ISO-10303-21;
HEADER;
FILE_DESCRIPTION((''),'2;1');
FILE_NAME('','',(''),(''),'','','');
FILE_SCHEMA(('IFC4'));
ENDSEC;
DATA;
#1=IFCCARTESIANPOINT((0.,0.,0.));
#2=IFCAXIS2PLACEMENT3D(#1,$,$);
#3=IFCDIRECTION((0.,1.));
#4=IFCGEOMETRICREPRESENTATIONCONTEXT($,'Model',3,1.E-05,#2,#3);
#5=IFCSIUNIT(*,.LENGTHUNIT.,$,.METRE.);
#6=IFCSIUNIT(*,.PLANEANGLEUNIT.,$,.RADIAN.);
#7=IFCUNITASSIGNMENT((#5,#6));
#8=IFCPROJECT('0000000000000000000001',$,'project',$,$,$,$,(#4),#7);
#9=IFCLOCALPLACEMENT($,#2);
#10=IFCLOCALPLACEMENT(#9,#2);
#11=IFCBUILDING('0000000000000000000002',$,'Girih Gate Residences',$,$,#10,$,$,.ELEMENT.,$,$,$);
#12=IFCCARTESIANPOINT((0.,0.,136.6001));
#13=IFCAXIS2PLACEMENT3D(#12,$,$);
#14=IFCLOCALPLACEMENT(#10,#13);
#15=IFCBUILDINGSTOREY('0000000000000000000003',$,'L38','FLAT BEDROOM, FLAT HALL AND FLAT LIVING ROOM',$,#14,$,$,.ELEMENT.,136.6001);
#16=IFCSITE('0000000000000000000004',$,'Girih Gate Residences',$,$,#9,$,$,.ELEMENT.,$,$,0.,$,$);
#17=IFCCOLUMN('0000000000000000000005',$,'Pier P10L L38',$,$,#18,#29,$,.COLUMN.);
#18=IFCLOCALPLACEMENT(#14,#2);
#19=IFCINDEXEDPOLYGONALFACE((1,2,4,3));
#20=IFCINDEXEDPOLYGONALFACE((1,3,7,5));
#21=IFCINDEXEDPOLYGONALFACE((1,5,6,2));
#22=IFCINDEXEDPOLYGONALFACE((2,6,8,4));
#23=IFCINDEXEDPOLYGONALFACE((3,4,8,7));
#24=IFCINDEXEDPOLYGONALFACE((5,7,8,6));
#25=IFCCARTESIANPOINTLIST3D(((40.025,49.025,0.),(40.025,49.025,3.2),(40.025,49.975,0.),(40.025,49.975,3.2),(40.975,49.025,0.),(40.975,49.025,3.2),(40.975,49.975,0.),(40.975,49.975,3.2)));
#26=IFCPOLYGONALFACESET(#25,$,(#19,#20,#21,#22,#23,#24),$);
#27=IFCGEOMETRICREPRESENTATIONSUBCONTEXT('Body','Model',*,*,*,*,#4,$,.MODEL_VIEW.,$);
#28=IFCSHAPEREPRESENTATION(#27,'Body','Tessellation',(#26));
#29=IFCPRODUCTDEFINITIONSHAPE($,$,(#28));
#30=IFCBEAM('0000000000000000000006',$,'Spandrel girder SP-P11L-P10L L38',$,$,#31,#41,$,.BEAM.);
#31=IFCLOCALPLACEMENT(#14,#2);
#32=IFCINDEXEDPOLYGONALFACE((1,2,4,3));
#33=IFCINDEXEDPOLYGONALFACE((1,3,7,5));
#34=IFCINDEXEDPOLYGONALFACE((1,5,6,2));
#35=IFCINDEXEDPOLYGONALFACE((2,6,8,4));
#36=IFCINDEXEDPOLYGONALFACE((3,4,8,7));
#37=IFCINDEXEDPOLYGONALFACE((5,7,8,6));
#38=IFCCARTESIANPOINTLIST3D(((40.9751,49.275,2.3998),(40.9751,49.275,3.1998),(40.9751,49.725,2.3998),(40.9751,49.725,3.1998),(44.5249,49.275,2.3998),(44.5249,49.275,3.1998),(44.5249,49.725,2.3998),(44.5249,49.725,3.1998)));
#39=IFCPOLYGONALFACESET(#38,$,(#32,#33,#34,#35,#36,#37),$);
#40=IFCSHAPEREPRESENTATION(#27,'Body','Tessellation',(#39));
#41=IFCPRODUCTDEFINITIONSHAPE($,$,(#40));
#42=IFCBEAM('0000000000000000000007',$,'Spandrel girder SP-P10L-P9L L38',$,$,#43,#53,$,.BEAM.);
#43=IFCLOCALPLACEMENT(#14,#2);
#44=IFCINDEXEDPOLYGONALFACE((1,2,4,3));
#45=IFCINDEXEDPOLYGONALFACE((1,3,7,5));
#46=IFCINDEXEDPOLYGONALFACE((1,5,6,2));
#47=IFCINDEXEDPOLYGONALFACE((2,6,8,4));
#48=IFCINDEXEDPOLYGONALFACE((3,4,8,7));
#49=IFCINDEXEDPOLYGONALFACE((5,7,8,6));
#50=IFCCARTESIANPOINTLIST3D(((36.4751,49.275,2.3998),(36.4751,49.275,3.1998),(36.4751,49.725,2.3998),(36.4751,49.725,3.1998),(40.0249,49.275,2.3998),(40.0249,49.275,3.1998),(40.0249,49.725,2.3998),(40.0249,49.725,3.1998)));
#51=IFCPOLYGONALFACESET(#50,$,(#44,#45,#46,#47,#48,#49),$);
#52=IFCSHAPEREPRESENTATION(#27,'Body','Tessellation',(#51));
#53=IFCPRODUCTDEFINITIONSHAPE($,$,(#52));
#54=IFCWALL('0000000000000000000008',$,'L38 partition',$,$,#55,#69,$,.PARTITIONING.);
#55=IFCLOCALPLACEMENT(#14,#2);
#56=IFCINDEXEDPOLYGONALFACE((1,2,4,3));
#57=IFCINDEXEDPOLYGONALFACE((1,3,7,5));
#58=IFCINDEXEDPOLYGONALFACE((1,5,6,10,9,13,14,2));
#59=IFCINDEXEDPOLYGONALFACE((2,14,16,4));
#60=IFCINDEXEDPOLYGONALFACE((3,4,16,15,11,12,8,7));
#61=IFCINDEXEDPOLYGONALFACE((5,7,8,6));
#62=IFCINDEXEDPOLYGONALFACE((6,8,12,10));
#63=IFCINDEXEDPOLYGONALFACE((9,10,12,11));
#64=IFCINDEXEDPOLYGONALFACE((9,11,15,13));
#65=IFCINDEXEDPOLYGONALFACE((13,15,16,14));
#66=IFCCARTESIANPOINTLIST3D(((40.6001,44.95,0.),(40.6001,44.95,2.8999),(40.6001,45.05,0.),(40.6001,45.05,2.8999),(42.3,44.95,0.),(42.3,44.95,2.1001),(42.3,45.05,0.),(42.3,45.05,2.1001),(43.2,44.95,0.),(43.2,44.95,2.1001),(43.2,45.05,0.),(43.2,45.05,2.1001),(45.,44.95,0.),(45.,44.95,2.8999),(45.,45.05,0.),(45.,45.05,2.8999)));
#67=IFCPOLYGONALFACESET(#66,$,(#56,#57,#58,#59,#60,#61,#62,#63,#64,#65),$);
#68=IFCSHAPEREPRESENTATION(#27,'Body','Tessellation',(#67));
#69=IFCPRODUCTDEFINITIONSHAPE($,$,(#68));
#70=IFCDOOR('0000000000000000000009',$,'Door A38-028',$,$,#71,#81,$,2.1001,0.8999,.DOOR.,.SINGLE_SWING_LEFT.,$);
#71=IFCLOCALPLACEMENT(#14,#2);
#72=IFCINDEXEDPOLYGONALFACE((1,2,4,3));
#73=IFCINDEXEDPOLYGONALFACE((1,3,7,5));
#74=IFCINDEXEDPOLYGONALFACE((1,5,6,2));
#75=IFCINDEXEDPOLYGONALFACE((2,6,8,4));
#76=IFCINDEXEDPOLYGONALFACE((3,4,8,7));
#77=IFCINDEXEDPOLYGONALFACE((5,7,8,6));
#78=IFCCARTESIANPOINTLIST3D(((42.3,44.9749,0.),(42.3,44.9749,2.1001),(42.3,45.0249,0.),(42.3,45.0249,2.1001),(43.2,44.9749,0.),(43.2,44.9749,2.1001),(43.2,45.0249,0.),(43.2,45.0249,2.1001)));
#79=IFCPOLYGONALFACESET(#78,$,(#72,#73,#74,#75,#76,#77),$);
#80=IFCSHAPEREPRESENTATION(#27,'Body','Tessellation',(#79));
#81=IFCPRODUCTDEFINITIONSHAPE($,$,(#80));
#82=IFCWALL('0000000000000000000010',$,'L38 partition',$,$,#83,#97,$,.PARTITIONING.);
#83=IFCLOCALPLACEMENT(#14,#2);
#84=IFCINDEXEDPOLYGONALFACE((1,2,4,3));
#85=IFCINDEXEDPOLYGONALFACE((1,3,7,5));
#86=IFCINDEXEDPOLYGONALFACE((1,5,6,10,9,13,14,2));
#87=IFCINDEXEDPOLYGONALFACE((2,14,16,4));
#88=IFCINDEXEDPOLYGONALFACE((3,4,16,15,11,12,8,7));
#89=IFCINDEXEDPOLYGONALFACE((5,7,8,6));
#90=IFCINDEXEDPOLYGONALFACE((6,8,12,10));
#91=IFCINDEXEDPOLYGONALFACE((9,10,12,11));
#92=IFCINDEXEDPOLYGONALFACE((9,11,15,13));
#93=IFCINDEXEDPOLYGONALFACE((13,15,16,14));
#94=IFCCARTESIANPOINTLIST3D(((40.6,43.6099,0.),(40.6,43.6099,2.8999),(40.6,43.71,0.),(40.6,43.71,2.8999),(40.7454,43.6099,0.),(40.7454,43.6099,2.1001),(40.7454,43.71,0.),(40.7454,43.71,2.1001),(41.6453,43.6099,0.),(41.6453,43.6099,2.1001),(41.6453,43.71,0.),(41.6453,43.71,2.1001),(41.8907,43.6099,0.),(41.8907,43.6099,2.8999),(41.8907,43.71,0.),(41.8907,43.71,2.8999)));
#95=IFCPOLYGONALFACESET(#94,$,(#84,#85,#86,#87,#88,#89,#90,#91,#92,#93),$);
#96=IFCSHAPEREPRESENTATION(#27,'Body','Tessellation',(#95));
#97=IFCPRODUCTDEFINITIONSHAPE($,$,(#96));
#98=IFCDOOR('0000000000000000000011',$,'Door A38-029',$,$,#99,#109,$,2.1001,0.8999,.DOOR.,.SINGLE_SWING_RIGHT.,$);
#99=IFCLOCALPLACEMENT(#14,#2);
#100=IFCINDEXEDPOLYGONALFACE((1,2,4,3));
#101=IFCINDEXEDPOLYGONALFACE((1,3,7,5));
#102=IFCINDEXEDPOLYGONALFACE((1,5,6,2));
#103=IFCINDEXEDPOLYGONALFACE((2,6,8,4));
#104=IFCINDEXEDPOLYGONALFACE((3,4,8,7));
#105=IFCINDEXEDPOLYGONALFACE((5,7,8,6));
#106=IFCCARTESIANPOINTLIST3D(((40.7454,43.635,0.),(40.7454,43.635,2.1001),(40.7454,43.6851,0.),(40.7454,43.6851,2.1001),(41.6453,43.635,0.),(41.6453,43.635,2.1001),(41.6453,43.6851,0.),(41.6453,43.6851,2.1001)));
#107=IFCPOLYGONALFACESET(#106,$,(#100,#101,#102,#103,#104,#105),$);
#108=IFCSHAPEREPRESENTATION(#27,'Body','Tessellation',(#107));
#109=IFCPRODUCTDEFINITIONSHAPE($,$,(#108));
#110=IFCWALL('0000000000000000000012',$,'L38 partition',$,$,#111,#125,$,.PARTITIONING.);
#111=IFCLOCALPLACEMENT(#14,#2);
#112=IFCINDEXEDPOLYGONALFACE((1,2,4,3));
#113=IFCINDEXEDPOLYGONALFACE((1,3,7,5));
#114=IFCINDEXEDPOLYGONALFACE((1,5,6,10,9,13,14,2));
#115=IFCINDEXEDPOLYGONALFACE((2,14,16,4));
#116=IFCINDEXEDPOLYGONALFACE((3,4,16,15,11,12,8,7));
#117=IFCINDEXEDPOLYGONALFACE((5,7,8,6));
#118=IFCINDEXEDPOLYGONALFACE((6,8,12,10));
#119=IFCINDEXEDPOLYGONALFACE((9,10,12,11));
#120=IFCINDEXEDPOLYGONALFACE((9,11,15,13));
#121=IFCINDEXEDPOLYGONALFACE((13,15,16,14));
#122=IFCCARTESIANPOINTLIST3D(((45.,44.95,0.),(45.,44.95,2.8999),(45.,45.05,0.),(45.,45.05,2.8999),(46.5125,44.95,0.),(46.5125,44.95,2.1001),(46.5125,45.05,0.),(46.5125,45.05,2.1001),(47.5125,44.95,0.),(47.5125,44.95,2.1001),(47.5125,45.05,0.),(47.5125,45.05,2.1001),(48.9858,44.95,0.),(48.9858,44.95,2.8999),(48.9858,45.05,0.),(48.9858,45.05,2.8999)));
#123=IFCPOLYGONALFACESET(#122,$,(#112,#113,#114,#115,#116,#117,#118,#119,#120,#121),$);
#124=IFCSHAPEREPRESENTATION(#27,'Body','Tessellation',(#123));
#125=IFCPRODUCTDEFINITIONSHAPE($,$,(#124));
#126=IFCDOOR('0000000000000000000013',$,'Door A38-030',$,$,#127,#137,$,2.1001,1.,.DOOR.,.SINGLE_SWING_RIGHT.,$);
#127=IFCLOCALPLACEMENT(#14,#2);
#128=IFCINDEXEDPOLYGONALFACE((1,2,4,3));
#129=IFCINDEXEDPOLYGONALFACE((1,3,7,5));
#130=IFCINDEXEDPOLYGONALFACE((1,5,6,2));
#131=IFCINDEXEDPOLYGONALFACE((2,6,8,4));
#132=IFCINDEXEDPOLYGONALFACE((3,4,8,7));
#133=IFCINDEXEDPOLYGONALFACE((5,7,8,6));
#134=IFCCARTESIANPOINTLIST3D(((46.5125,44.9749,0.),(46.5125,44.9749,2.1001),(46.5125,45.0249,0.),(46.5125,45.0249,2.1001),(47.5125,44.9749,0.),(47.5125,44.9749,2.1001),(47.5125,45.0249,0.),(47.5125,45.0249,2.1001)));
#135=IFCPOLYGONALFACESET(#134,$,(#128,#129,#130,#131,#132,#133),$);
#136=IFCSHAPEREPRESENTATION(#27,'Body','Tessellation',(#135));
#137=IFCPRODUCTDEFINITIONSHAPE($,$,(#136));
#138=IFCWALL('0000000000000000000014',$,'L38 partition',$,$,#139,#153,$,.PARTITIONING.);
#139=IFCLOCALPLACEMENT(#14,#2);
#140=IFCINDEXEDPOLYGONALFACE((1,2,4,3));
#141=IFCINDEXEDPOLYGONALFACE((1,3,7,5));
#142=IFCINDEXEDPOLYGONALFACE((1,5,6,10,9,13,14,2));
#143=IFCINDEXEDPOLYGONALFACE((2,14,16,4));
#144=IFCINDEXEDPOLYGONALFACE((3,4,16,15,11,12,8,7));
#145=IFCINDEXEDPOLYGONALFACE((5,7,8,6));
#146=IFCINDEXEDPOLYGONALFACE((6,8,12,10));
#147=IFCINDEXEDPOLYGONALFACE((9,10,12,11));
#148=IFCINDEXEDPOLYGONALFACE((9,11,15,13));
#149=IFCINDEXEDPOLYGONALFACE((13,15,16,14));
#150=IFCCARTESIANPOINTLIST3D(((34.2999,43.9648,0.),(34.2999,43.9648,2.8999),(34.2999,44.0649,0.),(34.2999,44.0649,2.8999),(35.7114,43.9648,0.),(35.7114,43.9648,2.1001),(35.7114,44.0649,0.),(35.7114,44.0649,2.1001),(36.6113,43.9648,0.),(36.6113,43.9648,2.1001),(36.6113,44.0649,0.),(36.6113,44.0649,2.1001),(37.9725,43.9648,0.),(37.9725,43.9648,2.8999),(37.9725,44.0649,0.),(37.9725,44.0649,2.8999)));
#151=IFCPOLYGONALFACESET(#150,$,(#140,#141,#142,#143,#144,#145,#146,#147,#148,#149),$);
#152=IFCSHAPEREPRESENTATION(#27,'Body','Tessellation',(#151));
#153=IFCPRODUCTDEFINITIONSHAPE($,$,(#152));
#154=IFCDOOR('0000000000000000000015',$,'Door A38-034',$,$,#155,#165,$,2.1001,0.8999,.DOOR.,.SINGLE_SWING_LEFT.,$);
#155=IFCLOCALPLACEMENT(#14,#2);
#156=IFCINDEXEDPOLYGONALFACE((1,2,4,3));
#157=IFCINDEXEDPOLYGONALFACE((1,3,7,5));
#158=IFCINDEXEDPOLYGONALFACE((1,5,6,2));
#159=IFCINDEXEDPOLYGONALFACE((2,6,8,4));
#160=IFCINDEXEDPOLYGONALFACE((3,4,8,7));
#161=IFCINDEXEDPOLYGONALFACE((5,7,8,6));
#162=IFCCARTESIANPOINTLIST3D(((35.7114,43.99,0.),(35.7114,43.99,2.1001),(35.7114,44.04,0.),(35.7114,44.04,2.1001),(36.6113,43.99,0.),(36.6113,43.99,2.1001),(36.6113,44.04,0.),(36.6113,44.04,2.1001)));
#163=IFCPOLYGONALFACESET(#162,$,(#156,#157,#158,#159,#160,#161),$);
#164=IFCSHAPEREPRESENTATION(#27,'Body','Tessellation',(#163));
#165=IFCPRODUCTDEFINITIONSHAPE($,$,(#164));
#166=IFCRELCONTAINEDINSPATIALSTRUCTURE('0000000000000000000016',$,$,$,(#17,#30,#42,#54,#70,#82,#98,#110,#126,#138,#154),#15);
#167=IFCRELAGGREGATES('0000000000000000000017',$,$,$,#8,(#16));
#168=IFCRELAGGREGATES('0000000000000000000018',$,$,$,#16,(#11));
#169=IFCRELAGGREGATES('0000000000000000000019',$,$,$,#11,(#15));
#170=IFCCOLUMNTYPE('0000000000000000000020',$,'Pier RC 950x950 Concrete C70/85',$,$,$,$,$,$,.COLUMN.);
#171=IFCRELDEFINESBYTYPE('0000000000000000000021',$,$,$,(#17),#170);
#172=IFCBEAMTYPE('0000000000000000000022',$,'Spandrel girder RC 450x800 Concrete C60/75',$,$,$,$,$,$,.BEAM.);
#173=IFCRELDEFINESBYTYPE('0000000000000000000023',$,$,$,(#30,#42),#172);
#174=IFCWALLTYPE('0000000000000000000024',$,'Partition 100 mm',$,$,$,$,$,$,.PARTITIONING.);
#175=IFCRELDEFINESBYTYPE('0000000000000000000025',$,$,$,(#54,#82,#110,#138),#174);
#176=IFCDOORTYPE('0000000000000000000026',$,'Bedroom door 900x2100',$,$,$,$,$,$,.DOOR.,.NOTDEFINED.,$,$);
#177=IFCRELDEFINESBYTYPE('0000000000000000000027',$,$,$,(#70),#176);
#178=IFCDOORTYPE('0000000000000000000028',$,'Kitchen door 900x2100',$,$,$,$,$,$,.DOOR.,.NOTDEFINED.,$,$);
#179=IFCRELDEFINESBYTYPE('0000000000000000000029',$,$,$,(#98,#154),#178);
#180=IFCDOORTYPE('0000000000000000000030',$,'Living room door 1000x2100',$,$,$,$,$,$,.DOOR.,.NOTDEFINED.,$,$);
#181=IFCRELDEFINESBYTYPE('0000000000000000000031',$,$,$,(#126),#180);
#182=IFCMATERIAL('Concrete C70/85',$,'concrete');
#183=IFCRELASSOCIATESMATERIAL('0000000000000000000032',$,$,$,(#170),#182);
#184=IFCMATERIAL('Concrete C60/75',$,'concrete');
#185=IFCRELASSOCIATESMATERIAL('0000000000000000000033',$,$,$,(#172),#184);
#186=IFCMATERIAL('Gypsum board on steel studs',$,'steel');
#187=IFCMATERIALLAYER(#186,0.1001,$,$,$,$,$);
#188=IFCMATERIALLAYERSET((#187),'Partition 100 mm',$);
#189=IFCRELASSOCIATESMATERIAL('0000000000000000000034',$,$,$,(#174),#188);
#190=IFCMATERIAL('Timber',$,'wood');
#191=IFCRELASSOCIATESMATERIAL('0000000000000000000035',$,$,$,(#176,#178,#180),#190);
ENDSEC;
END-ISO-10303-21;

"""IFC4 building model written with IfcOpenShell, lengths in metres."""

from ifc_helpers import new_model, si_unit, direction, frame, frame_2d, origin, origin_2d, place, context, subcontext, project, spatial, rectangle, extrude, material, layer, layer_set, material_profile, profile_set, type_object, element, fill, save


model = new_model("IFC4")

# Units and contexts
model_context = context("Model", 3, precision=1e-05, world=origin(), true_north=direction((0.0, 1.0)))
body_context = subcontext(model_context, "Body", "Model", "MODEL_VIEW")
ifc_project = project(units=[si_unit("LENGTHUNIT", "METRE"), si_unit("PLANEANGLEUNIT", "RADIAN")], contexts=[model_context])

# Site, building, storey
site_placement = place(None, origin())
site = spatial("IfcSite", under=ifc_project, at=site_placement, Name="Girih Gate Residences", CompositionType="ELEMENT", RefElevation=0.0)
building_placement = place(site_placement, origin())
building = spatial("IfcBuilding", under=site, at=building_placement, Name="Girih Gate Residences", CompositionType="ELEMENT")
storey_placement = place(building_placement, frame((0.0, 0.0, 136.6001)))
storey = spatial("IfcBuildingStorey", under=building, at=storey_placement, Name="L38", Description="FLAT BEDROOM, FLAT HALL AND FLAT LIVING ROOM", CompositionType="ELEMENT", Elevation=136.6001)

# Column
ifc_material_1 = material(Name="Concrete C70/85", Category="concrete")
ifc_material_profile_1 = material_profile(ifc_material_1, rectangle(XDim=0.95, YDim=0.95, at=origin_2d()))
ifc_profile_set_1 = profile_set([ifc_material_profile_1], Name="Concrete C70/85")
column_type = type_object("IfcColumnType", Name="Pier RC 950x950 Concrete C70/85", PredefinedType="COLUMN", material=ifc_profile_set_1)
column_placement = place(storey_placement, frame((40.5, 49.5, 0.0), z_axis=(0.0, 0.0, 1.0), x_axis=(1.0, 0.0, 0.0)))
element("IfcColumn", 1, at=column_placement, inside=storey, type_object=column_type, Name="Pier P10L L38", PredefinedType="COLUMN", context=body_context, shape_type="SweptSolid", body=[
    extrude(rectangle(XDim=0.95, YDim=0.95, at=origin_2d()), origin(), (0.0, 0.0, 1.0), 3.2),
])

# Beams
ifc_material_2 = material(Name="Concrete C60/75", Category="concrete")
ifc_material_profile_2 = material_profile(ifc_material_2, rectangle(XDim=0.45, YDim=0.8, at=origin_2d()))
ifc_profile_set_2 = profile_set([ifc_material_profile_2], Name="Concrete C60/75")
beam_type = type_object("IfcBeamType", Name="Spandrel girder RC 450x800 Concrete C60/75", PredefinedType="BEAM", material=ifc_profile_set_2)
for number, where, z_axis, x_axis, name in (
    (2, (44.5249, 49.5, 2.7998), (-1.0, 0.0, 0.0), (0.0, -1.0, 0.0), "Spandrel girder SP-P11L-P10L L38"),
    (3, (40.0249, 49.5, 2.7998), (-1.0, 0.0, 0.0), (0.0, -1.0, 0.0), "Spandrel girder SP-P10L-P9L L38"),
):
    element("IfcBeam", number, at=place(storey_placement, frame(where, z_axis=z_axis, x_axis=x_axis)), inside=storey, type_object=beam_type, Name=name, PredefinedType="BEAM", context=body_context, shape_type="SweptSolid", body=[
        extrude(rectangle(XDim=0.45, YDim=0.8, at=origin_2d()), origin(), (0.0, 0.0, 1.0), 3.5498),
    ])

# Walls, openings, doors
ifc_material_3 = material(Name="Gypsum board on steel studs", Category="steel")
ifc_layer_1 = layer(ifc_material_3, 0.1001)
ifc_layer_set_1 = layer_set([ifc_layer_1], Name="Partition 100 mm")
wall_type_1 = type_object("IfcWallType", Name="Partition 100 mm", PredefinedType="PARTITIONING", material=ifc_layer_set_1)
wall_1_placement = place(storey_placement, frame((40.6001, 45.0, 0.0), z_axis=(0.0, 0.0, 1.0), x_axis=(1.0, 0.0, 0.0)))
wall_1 = element("IfcWall", 4, at=wall_1_placement, inside=storey, type_object=wall_type_1, Name="L38 partition", PredefinedType="PARTITIONING", context=body_context, shape_type="SweptSolid", body=[
    extrude(rectangle(XDim=4.3999, YDim=0.1001, at=frame_2d((2.2, 0.0))), origin(), (0.0, 0.0, 1.0), 2.8999),
])
opening_1_placement = place(wall_1_placement, frame((1.7, 0.0, 0.0)))
opening_1 = element("IfcOpeningElement", 5, at=opening_1_placement, cuts=wall_1, PredefinedType="OPENING", context=body_context, shape_type="SweptSolid", body=[
    extrude(rectangle(XDim=0.8999, YDim=2.1001, at=frame_2d((0.45, 1.05))), frame((0.0, 0.0601, 0.0), z_axis=(0.0, -1.0, 0.0), x_axis=(1.0, 0.0, 0.0)), (0.0, 0.0, 1.0), 0.1201),
])
ifc_material_4 = material(Name="Timber", Category="wood")
door_type_1 = type_object("IfcDoorType", Name="Bedroom door 900x2100", OperationType="NOTDEFINED", PredefinedType="DOOR", material=ifc_material_4)
door_1_placement = place(opening_1_placement, origin())
door_1 = element("IfcDoor", 6, at=door_1_placement, inside=storey, type_object=door_type_1, Name="Door A38-028", OperationType="SINGLE_SWING_LEFT", OverallHeight=2.1001, OverallWidth=0.8999, PredefinedType="DOOR", context=body_context, shape_type="SweptSolid", body=[
    extrude(rectangle(XDim=0.8999, YDim=2.1001, at=frame_2d((0.45, 1.05))), frame((0.0, 0.0249, 0.0), z_axis=(0.0, -1.0, 0.0), x_axis=(1.0, 0.0, 0.0)), (0.0, 0.0, 1.0), 0.05),
])
fill(opening_1, door_1)
wall_2_placement = place(storey_placement, frame((41.8909, 43.6599, 0.0), z_axis=(0.0, 0.0, 1.0), x_axis=(-1.0, 0.0, 0.0)))
wall_2 = element("IfcWall", 7, at=wall_2_placement, inside=storey, type_object=wall_type_1, Name="L38 partition", PredefinedType="PARTITIONING", context=body_context, shape_type="SweptSolid", body=[
    extrude(rectangle(XDim=1.2908, YDim=0.1001, at=frame_2d((0.6455, 0.0))), origin(), (0.0, 0.0, 1.0), 2.8999),
])
opening_2_placement = place(wall_2_placement, frame((0.2456, 0.0, 0.0)))
opening_2 = element("IfcOpeningElement", 8, at=opening_2_placement, cuts=wall_2, PredefinedType="OPENING", context=body_context, shape_type="SweptSolid", body=[
    extrude(rectangle(XDim=0.8999, YDim=2.1001, at=frame_2d((0.45, 1.05))), frame((0.0, 0.0601, 0.0), z_axis=(0.0, -1.0, 0.0), x_axis=(1.0, 0.0, 0.0)), (0.0, 0.0, 1.0), 0.1201),
])
door_type_2 = type_object("IfcDoorType", Name="Kitchen door 900x2100", OperationType="NOTDEFINED", PredefinedType="DOOR", material=ifc_material_4)
door_2_placement = place(opening_2_placement, origin())
door_2 = element("IfcDoor", 9, at=door_2_placement, inside=storey, type_object=door_type_2, Name="Door A38-029", OperationType="SINGLE_SWING_RIGHT", OverallHeight=2.1001, OverallWidth=0.8999, PredefinedType="DOOR", context=body_context, shape_type="SweptSolid", body=[
    extrude(rectangle(XDim=0.8999, YDim=2.1001, at=frame_2d((0.45, 1.05))), frame((0.0, 0.0249, 0.0), z_axis=(0.0, -1.0, 0.0), x_axis=(1.0, 0.0, 0.0)), (0.0, 0.0, 1.0), 0.05),
])
fill(opening_2, door_2)
wall_3_placement = place(storey_placement, frame((45.0, 45.0, 0.0), z_axis=(0.0, 0.0, 1.0), x_axis=(1.0, 0.0, 0.0)))
wall_3 = element("IfcWall", 10, at=wall_3_placement, inside=storey, type_object=wall_type_1, Name="L38 partition", PredefinedType="PARTITIONING", context=body_context, shape_type="SweptSolid", body=[
    extrude(rectangle(XDim=3.9858, YDim=0.1001, at=frame_2d((1.9929, 0.0))), origin(), (0.0, 0.0, 1.0), 2.8999),
])
opening_3_placement = place(wall_3_placement, frame((1.5125, 0.0, 0.0)))
opening_3 = element("IfcOpeningElement", 11, at=opening_3_placement, cuts=wall_3, PredefinedType="OPENING", context=body_context, shape_type="SweptSolid", body=[
    extrude(rectangle(XDim=1.0, YDim=2.1001, at=frame_2d((0.5, 1.05))), frame((0.0, 0.0601, 0.0), z_axis=(0.0, -1.0, 0.0), x_axis=(1.0, 0.0, 0.0)), (0.0, 0.0, 1.0), 0.1201),
])
door_type_3 = type_object("IfcDoorType", Name="Living room door 1000x2100", OperationType="NOTDEFINED", PredefinedType="DOOR", material=ifc_material_4)
door_3_placement = place(opening_3_placement, origin())
door_3 = element("IfcDoor", 12, at=door_3_placement, inside=storey, type_object=door_type_3, Name="Door A38-030", OperationType="SINGLE_SWING_RIGHT", OverallHeight=2.1001, OverallWidth=1.0, PredefinedType="DOOR", context=body_context, shape_type="SweptSolid", body=[
    extrude(rectangle(XDim=1.0, YDim=2.1001, at=frame_2d((0.5, 1.05))), frame((0.0, 0.0249, 0.0), z_axis=(0.0, -1.0, 0.0), x_axis=(1.0, 0.0, 0.0)), (0.0, 0.0, 1.0), 0.05),
])
fill(opening_3, door_3)
wall_4_placement = place(storey_placement, frame((37.9727, 44.0149, 0.0), z_axis=(0.0, 0.0, 1.0), x_axis=(-1.0, 0.0, 0.0)))
wall_4 = element("IfcWall", 13, at=wall_4_placement, inside=storey, type_object=wall_type_1, Name="L38 partition", PredefinedType="PARTITIONING", context=body_context, shape_type="SweptSolid", body=[
    extrude(rectangle(XDim=3.6726, YDim=0.1001, at=frame_2d((1.8364, 0.0))), origin(), (0.0, 0.0, 1.0), 2.8999),
])
opening_4_placement = place(wall_4_placement, frame((1.3613, 0.0, 0.0)))
opening_4 = element("IfcOpeningElement", 14, at=opening_4_placement, cuts=wall_4, PredefinedType="OPENING", context=body_context, shape_type="SweptSolid", body=[
    extrude(rectangle(XDim=0.8999, YDim=2.1001, at=frame_2d((0.45, 1.05))), frame((0.0, 0.0601, 0.0), z_axis=(0.0, -1.0, 0.0), x_axis=(1.0, 0.0, 0.0)), (0.0, 0.0, 1.0), 0.1201),
])
door_4_placement = place(opening_4_placement, origin())
door_4 = element("IfcDoor", 15, at=door_4_placement, inside=storey, type_object=door_type_2, Name="Door A38-034", OperationType="SINGLE_SWING_LEFT", OverallHeight=2.1001, OverallWidth=0.8999, PredefinedType="DOOR", context=body_context, shape_type="SweptSolid", body=[
    extrude(rectangle(XDim=0.8999, YDim=2.1001, at=frame_2d((0.45, 1.05))), frame((0.0, 0.0249, 0.0), z_axis=(0.0, -1.0, 0.0), x_axis=(1.0, 0.0, 0.0)), (0.0, 0.0, 1.0), 0.05),
])
fill(opening_4, door_4)

save(model, "model.ifc")
